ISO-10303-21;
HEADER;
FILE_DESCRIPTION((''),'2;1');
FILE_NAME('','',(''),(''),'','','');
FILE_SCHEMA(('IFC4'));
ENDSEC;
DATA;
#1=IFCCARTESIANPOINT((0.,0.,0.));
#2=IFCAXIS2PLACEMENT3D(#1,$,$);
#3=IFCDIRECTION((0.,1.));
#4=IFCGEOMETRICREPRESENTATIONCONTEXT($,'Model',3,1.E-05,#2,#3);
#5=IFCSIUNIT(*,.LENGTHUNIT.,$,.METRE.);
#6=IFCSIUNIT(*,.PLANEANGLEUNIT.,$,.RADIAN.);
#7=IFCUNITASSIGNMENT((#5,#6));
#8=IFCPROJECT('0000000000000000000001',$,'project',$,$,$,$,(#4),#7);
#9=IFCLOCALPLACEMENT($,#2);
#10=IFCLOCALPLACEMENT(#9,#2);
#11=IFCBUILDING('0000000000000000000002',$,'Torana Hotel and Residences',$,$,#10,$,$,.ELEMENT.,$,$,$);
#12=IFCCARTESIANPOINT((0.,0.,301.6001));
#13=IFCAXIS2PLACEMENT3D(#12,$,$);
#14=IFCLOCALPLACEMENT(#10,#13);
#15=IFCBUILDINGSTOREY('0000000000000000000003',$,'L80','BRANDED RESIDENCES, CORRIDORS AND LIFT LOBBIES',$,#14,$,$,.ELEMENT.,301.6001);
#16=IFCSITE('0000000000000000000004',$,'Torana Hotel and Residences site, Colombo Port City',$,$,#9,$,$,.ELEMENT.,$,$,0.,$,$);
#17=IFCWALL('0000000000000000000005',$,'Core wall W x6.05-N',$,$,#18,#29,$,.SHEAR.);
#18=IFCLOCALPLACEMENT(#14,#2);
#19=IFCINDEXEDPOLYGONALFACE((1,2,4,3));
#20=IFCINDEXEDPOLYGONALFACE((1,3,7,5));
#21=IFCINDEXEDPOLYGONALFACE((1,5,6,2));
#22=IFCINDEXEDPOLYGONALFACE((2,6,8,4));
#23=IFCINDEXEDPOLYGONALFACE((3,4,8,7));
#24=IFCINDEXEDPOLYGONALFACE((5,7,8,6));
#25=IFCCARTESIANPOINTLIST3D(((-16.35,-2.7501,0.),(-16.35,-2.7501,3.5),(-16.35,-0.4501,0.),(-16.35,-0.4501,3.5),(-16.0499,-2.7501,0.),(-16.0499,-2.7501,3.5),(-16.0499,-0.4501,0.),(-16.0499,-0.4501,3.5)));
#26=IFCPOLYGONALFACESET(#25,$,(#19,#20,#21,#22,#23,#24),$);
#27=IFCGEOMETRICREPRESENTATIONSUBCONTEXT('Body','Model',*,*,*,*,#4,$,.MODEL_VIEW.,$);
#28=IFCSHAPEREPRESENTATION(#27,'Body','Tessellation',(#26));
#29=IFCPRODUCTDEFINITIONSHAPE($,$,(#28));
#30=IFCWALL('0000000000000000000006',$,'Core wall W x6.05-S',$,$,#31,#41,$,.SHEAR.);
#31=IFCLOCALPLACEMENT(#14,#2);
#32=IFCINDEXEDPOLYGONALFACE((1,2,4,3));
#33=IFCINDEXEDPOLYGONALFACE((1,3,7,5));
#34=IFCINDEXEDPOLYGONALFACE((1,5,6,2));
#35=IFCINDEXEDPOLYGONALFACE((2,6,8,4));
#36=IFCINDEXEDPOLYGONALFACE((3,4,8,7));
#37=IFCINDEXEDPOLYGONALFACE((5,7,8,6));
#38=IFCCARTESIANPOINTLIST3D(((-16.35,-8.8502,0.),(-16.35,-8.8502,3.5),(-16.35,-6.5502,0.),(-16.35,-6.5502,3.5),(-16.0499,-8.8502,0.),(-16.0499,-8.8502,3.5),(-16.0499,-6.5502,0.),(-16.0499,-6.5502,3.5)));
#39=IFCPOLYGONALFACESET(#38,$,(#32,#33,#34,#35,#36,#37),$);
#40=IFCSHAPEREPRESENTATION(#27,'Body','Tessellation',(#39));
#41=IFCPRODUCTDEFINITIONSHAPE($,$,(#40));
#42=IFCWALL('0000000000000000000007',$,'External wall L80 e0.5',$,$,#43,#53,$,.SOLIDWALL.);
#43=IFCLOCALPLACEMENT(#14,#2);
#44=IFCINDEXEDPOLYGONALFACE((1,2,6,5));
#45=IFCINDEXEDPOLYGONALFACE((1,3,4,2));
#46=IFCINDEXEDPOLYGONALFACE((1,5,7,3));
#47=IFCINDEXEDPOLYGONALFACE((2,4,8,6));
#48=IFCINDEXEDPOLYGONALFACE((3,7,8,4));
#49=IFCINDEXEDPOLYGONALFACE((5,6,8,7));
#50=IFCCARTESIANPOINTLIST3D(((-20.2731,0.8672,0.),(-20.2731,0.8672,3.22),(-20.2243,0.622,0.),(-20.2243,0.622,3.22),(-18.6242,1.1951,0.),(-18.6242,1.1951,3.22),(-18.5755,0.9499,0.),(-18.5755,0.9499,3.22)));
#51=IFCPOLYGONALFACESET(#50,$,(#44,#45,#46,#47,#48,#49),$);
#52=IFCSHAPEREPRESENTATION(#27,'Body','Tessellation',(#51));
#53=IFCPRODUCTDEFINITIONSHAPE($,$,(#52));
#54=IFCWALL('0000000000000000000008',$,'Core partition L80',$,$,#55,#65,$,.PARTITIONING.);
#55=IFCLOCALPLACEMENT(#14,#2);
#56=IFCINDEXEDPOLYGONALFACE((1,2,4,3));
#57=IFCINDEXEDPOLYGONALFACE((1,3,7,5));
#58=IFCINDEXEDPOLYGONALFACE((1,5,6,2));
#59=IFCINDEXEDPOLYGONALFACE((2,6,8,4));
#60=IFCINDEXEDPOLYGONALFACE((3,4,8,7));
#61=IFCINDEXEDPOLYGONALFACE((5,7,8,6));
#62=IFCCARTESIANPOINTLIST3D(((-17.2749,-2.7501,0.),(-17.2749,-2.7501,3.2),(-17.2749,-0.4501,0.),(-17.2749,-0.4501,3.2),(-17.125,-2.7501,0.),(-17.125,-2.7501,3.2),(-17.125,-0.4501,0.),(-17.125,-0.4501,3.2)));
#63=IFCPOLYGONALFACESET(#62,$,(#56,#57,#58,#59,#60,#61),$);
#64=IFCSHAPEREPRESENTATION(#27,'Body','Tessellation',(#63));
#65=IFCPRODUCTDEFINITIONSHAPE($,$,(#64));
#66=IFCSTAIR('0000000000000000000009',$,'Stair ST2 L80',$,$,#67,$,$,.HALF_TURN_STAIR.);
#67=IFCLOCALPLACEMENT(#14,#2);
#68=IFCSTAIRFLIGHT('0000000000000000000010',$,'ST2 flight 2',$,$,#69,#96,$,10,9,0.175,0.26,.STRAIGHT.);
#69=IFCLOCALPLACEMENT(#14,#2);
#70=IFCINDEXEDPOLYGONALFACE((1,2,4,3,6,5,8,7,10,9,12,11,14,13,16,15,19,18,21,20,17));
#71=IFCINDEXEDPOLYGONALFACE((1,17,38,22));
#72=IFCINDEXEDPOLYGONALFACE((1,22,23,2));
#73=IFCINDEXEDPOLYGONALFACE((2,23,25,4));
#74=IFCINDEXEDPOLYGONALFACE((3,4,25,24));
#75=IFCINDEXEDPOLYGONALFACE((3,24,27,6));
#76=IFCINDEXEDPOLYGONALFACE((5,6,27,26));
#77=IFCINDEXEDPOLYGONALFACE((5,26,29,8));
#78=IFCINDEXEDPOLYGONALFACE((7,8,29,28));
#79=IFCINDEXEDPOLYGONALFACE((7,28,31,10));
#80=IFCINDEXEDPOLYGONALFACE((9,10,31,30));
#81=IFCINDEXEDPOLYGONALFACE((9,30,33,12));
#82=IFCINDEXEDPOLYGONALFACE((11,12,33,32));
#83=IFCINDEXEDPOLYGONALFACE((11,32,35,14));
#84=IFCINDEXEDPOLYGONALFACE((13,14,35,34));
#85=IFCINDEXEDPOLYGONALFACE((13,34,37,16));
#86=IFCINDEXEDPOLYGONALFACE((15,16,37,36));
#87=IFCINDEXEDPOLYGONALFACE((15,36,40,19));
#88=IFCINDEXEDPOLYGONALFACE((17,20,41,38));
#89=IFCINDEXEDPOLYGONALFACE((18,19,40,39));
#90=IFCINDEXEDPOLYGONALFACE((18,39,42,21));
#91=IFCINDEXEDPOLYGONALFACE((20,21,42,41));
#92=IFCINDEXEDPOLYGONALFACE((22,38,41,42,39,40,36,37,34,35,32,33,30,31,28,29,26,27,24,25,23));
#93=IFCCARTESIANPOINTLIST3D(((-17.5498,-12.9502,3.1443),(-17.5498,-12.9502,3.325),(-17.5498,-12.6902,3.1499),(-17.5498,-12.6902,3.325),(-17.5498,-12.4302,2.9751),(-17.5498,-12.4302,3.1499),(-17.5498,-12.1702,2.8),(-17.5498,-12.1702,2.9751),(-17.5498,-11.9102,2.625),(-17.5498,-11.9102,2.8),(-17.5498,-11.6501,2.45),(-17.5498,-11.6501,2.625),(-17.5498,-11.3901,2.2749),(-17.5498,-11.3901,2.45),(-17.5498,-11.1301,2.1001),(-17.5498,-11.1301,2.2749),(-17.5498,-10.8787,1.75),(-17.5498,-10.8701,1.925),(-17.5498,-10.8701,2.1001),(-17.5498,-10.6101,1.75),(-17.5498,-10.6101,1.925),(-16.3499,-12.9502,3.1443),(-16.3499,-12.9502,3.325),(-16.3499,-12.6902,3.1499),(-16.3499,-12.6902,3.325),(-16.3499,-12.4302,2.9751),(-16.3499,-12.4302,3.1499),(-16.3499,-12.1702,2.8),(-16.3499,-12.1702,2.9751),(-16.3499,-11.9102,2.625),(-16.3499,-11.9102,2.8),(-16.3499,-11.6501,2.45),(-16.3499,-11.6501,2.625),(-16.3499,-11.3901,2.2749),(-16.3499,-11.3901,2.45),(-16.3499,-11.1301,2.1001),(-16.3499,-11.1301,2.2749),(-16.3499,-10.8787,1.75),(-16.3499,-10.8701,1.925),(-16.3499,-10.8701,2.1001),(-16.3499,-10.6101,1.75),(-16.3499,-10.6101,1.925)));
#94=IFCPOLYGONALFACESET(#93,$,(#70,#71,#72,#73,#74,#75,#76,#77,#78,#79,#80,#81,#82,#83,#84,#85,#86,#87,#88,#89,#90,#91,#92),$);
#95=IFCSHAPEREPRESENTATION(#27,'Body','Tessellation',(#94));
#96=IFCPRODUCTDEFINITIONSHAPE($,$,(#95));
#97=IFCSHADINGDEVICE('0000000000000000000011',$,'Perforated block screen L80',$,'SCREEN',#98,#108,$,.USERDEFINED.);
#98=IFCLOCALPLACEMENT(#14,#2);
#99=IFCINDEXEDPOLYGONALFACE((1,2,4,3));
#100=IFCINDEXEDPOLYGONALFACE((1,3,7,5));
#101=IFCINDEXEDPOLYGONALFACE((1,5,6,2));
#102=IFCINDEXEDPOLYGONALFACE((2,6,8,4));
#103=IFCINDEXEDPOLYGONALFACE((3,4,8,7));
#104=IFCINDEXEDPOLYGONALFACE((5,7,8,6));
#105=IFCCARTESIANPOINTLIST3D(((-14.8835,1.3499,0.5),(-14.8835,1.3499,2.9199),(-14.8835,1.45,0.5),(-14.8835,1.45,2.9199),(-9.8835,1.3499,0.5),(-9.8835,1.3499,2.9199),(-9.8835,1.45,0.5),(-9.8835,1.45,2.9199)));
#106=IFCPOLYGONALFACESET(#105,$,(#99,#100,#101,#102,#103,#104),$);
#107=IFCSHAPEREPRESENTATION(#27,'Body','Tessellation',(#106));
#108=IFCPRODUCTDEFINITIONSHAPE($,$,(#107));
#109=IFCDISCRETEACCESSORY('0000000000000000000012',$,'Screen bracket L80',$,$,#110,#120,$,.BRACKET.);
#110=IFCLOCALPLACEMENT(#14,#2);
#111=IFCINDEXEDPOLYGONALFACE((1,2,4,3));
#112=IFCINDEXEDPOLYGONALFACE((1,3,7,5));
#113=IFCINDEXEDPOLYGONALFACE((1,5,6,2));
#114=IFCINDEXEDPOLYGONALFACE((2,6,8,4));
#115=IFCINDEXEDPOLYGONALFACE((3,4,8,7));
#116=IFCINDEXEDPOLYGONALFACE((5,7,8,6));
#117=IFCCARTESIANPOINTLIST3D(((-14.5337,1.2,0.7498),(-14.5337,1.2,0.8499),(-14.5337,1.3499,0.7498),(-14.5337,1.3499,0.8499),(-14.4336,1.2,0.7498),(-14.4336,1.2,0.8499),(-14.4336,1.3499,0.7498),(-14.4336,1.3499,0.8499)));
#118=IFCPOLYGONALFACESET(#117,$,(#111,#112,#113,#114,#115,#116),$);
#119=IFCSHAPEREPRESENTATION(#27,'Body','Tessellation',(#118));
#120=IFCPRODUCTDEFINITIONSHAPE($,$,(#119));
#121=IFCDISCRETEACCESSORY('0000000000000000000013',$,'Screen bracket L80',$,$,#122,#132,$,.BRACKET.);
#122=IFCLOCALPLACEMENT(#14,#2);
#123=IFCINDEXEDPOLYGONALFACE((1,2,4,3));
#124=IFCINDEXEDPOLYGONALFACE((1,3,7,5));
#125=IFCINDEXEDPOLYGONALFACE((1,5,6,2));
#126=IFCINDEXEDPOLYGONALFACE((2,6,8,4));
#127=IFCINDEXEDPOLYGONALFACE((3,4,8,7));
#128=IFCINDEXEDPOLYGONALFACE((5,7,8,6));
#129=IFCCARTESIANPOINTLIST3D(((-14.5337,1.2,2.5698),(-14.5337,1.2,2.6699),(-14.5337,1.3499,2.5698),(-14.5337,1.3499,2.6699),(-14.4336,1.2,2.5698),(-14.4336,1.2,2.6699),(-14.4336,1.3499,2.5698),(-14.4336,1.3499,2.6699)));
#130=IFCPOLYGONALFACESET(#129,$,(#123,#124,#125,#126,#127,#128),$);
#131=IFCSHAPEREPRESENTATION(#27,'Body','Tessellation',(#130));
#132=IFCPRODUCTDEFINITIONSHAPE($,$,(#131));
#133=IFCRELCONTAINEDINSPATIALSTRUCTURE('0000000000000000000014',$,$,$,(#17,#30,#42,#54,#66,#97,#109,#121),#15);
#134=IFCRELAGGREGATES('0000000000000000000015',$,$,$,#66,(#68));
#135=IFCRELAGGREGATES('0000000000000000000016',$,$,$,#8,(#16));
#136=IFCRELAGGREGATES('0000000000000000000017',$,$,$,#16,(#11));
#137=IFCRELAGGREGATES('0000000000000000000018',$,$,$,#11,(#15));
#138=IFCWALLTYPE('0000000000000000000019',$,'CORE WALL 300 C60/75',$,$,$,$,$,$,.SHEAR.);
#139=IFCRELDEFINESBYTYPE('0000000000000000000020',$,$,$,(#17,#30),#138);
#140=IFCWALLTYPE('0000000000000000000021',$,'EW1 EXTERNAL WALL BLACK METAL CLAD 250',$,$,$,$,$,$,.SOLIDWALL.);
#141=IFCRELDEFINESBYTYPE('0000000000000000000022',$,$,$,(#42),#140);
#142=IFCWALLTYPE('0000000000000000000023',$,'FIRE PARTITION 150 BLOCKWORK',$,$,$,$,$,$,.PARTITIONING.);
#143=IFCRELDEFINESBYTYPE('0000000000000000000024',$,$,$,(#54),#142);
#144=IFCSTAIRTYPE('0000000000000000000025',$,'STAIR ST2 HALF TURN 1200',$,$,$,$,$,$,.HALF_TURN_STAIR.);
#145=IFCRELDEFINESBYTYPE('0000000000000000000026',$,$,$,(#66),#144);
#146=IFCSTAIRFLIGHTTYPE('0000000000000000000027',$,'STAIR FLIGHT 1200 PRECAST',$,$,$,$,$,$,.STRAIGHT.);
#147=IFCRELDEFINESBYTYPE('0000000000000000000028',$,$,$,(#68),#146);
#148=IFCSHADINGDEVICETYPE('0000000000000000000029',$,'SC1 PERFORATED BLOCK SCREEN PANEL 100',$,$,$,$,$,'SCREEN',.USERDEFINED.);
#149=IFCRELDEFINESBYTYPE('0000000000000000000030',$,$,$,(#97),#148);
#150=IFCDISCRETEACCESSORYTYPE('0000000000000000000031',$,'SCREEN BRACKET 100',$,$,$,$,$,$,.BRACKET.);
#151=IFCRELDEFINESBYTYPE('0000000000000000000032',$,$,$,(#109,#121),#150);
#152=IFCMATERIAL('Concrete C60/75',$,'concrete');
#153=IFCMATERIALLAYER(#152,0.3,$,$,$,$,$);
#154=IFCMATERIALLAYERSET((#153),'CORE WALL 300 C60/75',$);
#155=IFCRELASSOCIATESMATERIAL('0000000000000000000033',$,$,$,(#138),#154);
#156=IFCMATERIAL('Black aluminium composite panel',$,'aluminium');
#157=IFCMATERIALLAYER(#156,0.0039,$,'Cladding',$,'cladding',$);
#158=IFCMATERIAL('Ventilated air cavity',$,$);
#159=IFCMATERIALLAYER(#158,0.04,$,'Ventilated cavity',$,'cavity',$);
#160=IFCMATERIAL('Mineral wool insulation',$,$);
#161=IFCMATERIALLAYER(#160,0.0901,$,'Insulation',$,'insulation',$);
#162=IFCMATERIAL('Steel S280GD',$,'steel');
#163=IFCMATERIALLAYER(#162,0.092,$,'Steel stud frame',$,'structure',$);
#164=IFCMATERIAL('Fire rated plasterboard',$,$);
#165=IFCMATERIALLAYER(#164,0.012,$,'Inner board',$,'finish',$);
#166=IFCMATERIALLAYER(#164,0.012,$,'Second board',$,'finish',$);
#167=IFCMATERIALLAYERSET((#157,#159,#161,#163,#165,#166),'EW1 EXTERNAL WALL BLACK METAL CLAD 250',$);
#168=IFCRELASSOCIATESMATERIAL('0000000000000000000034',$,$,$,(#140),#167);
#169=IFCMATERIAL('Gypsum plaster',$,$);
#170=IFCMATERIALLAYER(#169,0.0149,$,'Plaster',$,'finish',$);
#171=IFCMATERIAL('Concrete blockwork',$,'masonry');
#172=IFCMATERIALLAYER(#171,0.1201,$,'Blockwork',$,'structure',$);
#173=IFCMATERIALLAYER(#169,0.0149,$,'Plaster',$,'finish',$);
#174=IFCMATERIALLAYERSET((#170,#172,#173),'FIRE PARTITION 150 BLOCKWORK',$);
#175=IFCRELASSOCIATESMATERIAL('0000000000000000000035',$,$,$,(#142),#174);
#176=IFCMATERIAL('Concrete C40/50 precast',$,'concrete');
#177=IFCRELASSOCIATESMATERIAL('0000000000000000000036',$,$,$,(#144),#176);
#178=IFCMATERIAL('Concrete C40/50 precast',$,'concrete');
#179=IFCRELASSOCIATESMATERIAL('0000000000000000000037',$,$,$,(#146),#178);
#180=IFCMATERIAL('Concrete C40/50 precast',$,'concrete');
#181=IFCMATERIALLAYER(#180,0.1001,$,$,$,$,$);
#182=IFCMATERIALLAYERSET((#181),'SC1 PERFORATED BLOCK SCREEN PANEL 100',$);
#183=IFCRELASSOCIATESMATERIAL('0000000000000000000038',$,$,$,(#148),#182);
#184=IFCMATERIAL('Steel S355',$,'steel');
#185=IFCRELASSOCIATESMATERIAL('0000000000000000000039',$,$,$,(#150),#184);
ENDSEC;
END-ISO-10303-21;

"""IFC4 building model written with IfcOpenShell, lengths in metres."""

from ifc_helpers import new_model, si_unit, direction, frame, frame_2d, origin, origin_2d, place, context, subcontext, project, spatial, polyline, rectangle, outline, extrude, material, layer, layer_set, type_object, element, aggregate, save


model = new_model("IFC4")

# Units and contexts
model_context = context("Model", 3, precision=1e-05, world=origin(), true_north=direction((0.0, 1.0)))
body_context = subcontext(model_context, "Body", "Model", "MODEL_VIEW")
ifc_project = project(units=[si_unit("LENGTHUNIT", "METRE"), si_unit("PLANEANGLEUNIT", "RADIAN")], contexts=[model_context])

# Site, building, storey
site_placement = place(None, origin())
site = spatial("IfcSite", under=ifc_project, at=site_placement, Name="Torana Hotel and Residences site, Colombo Port City", CompositionType="ELEMENT", RefElevation=0.0)
building_placement = place(site_placement, origin())
building = spatial("IfcBuilding", under=site, at=building_placement, Name="Torana Hotel and Residences", CompositionType="ELEMENT")
storey_placement = place(building_placement, frame((0.0, 0.0, 301.6001)))
storey = spatial("IfcBuildingStorey", under=building, at=storey_placement, Name="L80", Description="BRANDED RESIDENCES, CORRIDORS AND LIFT LOBBIES", CompositionType="ELEMENT", Elevation=301.6001)

# Shared definitions
ifc_material_1 = material(Name="Concrete C60/75", Category="concrete")
ifc_layer_1 = layer(ifc_material_1, 0.3)
ifc_layer_set_1 = layer_set([ifc_layer_1], Name="CORE WALL 300 C60/75")
wall_type_1 = type_object("IfcWallType", Name="CORE WALL 300 C60/75", PredefinedType="SHEAR", material=ifc_layer_set_1)

# Walls
for number, where, z_axis, x_axis, name in (
    (1, (-16.2, -2.75, 0.0), (0.0, 0.0, 1.0), (0.0, 1.0, 0.0), "Core wall W x6.05-N"),
    (2, (-16.2, -8.8501, 0.0), (0.0, 0.0, 1.0), (0.0, 1.0, 0.0), "Core wall W x6.05-S"),
):
    element("IfcWall", number, at=place(storey_placement, frame(where, z_axis=z_axis, x_axis=x_axis)), inside=storey, type_object=wall_type_1, Name=name, PredefinedType="SHEAR", context=body_context, shape_type="SweptSolid", body=[
        extrude(rectangle(XDim=2.3, YDim=0.3, at=frame_2d((1.1499, 0.0))), origin(), (0.0, 0.0, 1.0), 3.5),
    ])
ifc_material_2 = material(Name="Black aluminium composite panel", Category="aluminium")
ifc_layer_2 = layer(ifc_material_2, 0.0039, Name="Cladding", Category="cladding")
ifc_material_3 = material(Name="Ventilated air cavity")
ifc_layer_3 = layer(ifc_material_3, 0.04, Name="Ventilated cavity", Category="cavity")
ifc_material_4 = material(Name="Mineral wool insulation")
ifc_layer_4 = layer(ifc_material_4, 0.0901, Name="Insulation", Category="insulation")
ifc_material_5 = material(Name="Steel S280GD", Category="steel")
ifc_layer_5 = layer(ifc_material_5, 0.092, Name="Steel stud frame", Category="structure")
ifc_material_6 = material(Name="Fire rated plasterboard")
ifc_layer_6 = layer(ifc_material_6, 0.012, Name="Inner board", Category="finish")
ifc_layer_7 = layer(ifc_material_6, 0.012, Name="Second board", Category="finish")
ifc_layer_set_2 = layer_set([ifc_layer_2, ifc_layer_3, ifc_layer_4, ifc_layer_5, ifc_layer_6, ifc_layer_7], Name="EW1 EXTERNAL WALL BLACK METAL CLAD 250")
wall_type_2 = type_object("IfcWallType", Name="EW1 EXTERNAL WALL BLACK METAL CLAD 250", PredefinedType="SOLIDWALL", material=ifc_layer_set_2)
wall_1_placement = place(storey_placement, frame((-18.5999, 1.0725, 0.0), z_axis=(0.0, 0.0, 1.0), x_axis=(-0.980798, -0.195027, 0.0)))
element("IfcWall", 3, at=wall_1_placement, inside=storey, type_object=wall_type_2, Name="External wall L80 e0.5", PredefinedType="SOLIDWALL", context=body_context, shape_type="SweptSolid", body=[
    extrude(rectangle(XDim=1.6812, YDim=0.25, at=frame_2d((0.8406, 0.0))), origin(), (0.0, 0.0, 1.0), 3.22),
])
ifc_material_7 = material(Name="Gypsum plaster")
ifc_layer_8 = layer(ifc_material_7, 0.0149, Name="Plaster", Category="finish")
ifc_material_8 = material(Name="Concrete blockwork", Category="masonry")
ifc_layer_9 = layer(ifc_material_8, 0.1201, Name="Blockwork", Category="structure")
ifc_layer_10 = layer(ifc_material_7, 0.0149, Name="Plaster", Category="finish")
ifc_layer_set_3 = layer_set([ifc_layer_8, ifc_layer_9, ifc_layer_10], Name="FIRE PARTITION 150 BLOCKWORK")
wall_type_3 = type_object("IfcWallType", Name="FIRE PARTITION 150 BLOCKWORK", PredefinedType="PARTITIONING", material=ifc_layer_set_3)
wall_2_placement = place(storey_placement, frame((-17.2, -2.75, 0.0), z_axis=(0.0, 0.0, 1.0), x_axis=(0.0, 1.0, 0.0)))
element("IfcWall", 4, at=wall_2_placement, inside=storey, type_object=wall_type_3, Name="Core partition L80", PredefinedType="PARTITIONING", context=body_context, shape_type="SweptSolid", body=[
    extrude(rectangle(XDim=2.3, YDim=0.1499, at=frame_2d((1.1499, 0.0))), origin(), (0.0, 0.0, 1.0), 3.2),
])

# Stair, stair flight
ifc_material_9 = material(Name="Concrete C40/50 precast", Category="concrete")
stair_type = type_object("IfcStairType", Name="STAIR ST2 HALF TURN 1200", PredefinedType="HALF_TURN_STAIR", material=ifc_material_9)
stair_placement = place(storey_placement, origin())
stair = element("IfcStair", 5, at=stair_placement, inside=storey, type_object=stair_type, Name="Stair ST2 L80", PredefinedType="HALF_TURN_STAIR")
ifc_material_10 = material(Name="Concrete C40/50 precast", Category="concrete")
stair_flight_type = type_object("IfcStairFlightType", Name="STAIR FLIGHT 1200 PRECAST", PredefinedType="STRAIGHT", material=ifc_material_10)
stair_flight_placement = place(storey_placement, frame((-16.95, -10.6101, 1.75), z_axis=(0.0, 0.0, 1.0), x_axis=(0.0, -1.0, 0.0)))
stair_flight = element("IfcStairFlight", 6, at=stair_flight_placement, type_object=stair_flight_type, Name="ST2 flight 2", NumberOfRisers=10, NumberOfTreads=9, PredefinedType="STRAIGHT", RiserHeight=0.175, TreadLength=0.26, context=body_context, shape_type="SweptSolid", body=[
    extrude(outline(polyline([(0.0, 0.0), (0.0, 0.175), (0.26, 0.175), (0.26, 0.3501), (0.52, 0.3501), (0.52, 0.5249), (0.78, 0.5249), (0.78, 0.7), (1.04, 0.7), (1.04, 0.875), (1.3, 0.875), (1.3, 1.05), (1.5601, 1.05), (1.5601, 1.2251), (1.8201, 1.2251), (1.8201, 1.3999), (2.0801, 1.3999), (2.0801, 1.575), (2.3401, 1.575), (2.3401, 1.75), (2.3401, 1.3943), (0.2686, 0.0), (0.0, 0.0)])), frame((0.0, 0.6001, 0.0), z_axis=(0.0, -1.0, 0.0), x_axis=(1.0, 0.0, 0.0)), (0.0, 0.0, 1.0), 1.2),
])
aggregate(stair, [stair_flight])

# Shading device
ifc_material_11 = material(Name="Concrete C40/50 precast", Category="concrete")
ifc_layer_11 = layer(ifc_material_11, 0.1001)
ifc_layer_set_4 = layer_set([ifc_layer_11], Name="SC1 PERFORATED BLOCK SCREEN PANEL 100")
shading_device_type = type_object("IfcShadingDeviceType", Name="SC1 PERFORATED BLOCK SCREEN PANEL 100", ElementType="SCREEN", PredefinedType="USERDEFINED", material=ifc_layer_set_4)
shading_device_placement = place(storey_placement, frame((-12.3835, 1.3999, 0.5), z_axis=(0.0, 0.0, 1.0), x_axis=(-1.0, 0.0, 0.0)))
element("IfcShadingDevice", 7, at=shading_device_placement, inside=storey, type_object=shading_device_type, Name="Perforated block screen L80", ObjectType="SCREEN", PredefinedType="USERDEFINED", context=body_context, shape_type="SweptSolid", body=[
    extrude(rectangle(XDim=5.0, YDim=0.1001, at=origin_2d()), origin(), (0.0, 0.0, 1.0), 2.4199),
])

# Discrete accessories
ifc_material_12 = material(Name="Steel S355", Category="steel")
discrete_accessory_type = type_object("IfcDiscreteAccessoryType", Name="SCREEN BRACKET 100", PredefinedType="BRACKET", material=ifc_material_12)
for number, where, z_axis, x_axis, name in (
    (8, (-14.4836, 1.2749, 0.7498), (0.0, 0.0, 1.0), (-1.0, 0.0, 0.0), "Screen bracket L80"),
    (9, (-14.4836, 1.2749, 2.5698), (0.0, 0.0, 1.0), (-1.0, 0.0, 0.0), "Screen bracket L80"),
):
    element("IfcDiscreteAccessory", number, at=place(storey_placement, frame(where, z_axis=z_axis, x_axis=x_axis)), inside=storey, type_object=discrete_accessory_type, Name=name, PredefinedType="BRACKET", context=body_context, shape_type="SweptSolid", body=[
        extrude(rectangle(XDim=0.1001, YDim=0.1499, at=origin_2d()), origin(), (0.0, 0.0, 1.0), 0.1001),
    ])

save(model, "model.ifc")
